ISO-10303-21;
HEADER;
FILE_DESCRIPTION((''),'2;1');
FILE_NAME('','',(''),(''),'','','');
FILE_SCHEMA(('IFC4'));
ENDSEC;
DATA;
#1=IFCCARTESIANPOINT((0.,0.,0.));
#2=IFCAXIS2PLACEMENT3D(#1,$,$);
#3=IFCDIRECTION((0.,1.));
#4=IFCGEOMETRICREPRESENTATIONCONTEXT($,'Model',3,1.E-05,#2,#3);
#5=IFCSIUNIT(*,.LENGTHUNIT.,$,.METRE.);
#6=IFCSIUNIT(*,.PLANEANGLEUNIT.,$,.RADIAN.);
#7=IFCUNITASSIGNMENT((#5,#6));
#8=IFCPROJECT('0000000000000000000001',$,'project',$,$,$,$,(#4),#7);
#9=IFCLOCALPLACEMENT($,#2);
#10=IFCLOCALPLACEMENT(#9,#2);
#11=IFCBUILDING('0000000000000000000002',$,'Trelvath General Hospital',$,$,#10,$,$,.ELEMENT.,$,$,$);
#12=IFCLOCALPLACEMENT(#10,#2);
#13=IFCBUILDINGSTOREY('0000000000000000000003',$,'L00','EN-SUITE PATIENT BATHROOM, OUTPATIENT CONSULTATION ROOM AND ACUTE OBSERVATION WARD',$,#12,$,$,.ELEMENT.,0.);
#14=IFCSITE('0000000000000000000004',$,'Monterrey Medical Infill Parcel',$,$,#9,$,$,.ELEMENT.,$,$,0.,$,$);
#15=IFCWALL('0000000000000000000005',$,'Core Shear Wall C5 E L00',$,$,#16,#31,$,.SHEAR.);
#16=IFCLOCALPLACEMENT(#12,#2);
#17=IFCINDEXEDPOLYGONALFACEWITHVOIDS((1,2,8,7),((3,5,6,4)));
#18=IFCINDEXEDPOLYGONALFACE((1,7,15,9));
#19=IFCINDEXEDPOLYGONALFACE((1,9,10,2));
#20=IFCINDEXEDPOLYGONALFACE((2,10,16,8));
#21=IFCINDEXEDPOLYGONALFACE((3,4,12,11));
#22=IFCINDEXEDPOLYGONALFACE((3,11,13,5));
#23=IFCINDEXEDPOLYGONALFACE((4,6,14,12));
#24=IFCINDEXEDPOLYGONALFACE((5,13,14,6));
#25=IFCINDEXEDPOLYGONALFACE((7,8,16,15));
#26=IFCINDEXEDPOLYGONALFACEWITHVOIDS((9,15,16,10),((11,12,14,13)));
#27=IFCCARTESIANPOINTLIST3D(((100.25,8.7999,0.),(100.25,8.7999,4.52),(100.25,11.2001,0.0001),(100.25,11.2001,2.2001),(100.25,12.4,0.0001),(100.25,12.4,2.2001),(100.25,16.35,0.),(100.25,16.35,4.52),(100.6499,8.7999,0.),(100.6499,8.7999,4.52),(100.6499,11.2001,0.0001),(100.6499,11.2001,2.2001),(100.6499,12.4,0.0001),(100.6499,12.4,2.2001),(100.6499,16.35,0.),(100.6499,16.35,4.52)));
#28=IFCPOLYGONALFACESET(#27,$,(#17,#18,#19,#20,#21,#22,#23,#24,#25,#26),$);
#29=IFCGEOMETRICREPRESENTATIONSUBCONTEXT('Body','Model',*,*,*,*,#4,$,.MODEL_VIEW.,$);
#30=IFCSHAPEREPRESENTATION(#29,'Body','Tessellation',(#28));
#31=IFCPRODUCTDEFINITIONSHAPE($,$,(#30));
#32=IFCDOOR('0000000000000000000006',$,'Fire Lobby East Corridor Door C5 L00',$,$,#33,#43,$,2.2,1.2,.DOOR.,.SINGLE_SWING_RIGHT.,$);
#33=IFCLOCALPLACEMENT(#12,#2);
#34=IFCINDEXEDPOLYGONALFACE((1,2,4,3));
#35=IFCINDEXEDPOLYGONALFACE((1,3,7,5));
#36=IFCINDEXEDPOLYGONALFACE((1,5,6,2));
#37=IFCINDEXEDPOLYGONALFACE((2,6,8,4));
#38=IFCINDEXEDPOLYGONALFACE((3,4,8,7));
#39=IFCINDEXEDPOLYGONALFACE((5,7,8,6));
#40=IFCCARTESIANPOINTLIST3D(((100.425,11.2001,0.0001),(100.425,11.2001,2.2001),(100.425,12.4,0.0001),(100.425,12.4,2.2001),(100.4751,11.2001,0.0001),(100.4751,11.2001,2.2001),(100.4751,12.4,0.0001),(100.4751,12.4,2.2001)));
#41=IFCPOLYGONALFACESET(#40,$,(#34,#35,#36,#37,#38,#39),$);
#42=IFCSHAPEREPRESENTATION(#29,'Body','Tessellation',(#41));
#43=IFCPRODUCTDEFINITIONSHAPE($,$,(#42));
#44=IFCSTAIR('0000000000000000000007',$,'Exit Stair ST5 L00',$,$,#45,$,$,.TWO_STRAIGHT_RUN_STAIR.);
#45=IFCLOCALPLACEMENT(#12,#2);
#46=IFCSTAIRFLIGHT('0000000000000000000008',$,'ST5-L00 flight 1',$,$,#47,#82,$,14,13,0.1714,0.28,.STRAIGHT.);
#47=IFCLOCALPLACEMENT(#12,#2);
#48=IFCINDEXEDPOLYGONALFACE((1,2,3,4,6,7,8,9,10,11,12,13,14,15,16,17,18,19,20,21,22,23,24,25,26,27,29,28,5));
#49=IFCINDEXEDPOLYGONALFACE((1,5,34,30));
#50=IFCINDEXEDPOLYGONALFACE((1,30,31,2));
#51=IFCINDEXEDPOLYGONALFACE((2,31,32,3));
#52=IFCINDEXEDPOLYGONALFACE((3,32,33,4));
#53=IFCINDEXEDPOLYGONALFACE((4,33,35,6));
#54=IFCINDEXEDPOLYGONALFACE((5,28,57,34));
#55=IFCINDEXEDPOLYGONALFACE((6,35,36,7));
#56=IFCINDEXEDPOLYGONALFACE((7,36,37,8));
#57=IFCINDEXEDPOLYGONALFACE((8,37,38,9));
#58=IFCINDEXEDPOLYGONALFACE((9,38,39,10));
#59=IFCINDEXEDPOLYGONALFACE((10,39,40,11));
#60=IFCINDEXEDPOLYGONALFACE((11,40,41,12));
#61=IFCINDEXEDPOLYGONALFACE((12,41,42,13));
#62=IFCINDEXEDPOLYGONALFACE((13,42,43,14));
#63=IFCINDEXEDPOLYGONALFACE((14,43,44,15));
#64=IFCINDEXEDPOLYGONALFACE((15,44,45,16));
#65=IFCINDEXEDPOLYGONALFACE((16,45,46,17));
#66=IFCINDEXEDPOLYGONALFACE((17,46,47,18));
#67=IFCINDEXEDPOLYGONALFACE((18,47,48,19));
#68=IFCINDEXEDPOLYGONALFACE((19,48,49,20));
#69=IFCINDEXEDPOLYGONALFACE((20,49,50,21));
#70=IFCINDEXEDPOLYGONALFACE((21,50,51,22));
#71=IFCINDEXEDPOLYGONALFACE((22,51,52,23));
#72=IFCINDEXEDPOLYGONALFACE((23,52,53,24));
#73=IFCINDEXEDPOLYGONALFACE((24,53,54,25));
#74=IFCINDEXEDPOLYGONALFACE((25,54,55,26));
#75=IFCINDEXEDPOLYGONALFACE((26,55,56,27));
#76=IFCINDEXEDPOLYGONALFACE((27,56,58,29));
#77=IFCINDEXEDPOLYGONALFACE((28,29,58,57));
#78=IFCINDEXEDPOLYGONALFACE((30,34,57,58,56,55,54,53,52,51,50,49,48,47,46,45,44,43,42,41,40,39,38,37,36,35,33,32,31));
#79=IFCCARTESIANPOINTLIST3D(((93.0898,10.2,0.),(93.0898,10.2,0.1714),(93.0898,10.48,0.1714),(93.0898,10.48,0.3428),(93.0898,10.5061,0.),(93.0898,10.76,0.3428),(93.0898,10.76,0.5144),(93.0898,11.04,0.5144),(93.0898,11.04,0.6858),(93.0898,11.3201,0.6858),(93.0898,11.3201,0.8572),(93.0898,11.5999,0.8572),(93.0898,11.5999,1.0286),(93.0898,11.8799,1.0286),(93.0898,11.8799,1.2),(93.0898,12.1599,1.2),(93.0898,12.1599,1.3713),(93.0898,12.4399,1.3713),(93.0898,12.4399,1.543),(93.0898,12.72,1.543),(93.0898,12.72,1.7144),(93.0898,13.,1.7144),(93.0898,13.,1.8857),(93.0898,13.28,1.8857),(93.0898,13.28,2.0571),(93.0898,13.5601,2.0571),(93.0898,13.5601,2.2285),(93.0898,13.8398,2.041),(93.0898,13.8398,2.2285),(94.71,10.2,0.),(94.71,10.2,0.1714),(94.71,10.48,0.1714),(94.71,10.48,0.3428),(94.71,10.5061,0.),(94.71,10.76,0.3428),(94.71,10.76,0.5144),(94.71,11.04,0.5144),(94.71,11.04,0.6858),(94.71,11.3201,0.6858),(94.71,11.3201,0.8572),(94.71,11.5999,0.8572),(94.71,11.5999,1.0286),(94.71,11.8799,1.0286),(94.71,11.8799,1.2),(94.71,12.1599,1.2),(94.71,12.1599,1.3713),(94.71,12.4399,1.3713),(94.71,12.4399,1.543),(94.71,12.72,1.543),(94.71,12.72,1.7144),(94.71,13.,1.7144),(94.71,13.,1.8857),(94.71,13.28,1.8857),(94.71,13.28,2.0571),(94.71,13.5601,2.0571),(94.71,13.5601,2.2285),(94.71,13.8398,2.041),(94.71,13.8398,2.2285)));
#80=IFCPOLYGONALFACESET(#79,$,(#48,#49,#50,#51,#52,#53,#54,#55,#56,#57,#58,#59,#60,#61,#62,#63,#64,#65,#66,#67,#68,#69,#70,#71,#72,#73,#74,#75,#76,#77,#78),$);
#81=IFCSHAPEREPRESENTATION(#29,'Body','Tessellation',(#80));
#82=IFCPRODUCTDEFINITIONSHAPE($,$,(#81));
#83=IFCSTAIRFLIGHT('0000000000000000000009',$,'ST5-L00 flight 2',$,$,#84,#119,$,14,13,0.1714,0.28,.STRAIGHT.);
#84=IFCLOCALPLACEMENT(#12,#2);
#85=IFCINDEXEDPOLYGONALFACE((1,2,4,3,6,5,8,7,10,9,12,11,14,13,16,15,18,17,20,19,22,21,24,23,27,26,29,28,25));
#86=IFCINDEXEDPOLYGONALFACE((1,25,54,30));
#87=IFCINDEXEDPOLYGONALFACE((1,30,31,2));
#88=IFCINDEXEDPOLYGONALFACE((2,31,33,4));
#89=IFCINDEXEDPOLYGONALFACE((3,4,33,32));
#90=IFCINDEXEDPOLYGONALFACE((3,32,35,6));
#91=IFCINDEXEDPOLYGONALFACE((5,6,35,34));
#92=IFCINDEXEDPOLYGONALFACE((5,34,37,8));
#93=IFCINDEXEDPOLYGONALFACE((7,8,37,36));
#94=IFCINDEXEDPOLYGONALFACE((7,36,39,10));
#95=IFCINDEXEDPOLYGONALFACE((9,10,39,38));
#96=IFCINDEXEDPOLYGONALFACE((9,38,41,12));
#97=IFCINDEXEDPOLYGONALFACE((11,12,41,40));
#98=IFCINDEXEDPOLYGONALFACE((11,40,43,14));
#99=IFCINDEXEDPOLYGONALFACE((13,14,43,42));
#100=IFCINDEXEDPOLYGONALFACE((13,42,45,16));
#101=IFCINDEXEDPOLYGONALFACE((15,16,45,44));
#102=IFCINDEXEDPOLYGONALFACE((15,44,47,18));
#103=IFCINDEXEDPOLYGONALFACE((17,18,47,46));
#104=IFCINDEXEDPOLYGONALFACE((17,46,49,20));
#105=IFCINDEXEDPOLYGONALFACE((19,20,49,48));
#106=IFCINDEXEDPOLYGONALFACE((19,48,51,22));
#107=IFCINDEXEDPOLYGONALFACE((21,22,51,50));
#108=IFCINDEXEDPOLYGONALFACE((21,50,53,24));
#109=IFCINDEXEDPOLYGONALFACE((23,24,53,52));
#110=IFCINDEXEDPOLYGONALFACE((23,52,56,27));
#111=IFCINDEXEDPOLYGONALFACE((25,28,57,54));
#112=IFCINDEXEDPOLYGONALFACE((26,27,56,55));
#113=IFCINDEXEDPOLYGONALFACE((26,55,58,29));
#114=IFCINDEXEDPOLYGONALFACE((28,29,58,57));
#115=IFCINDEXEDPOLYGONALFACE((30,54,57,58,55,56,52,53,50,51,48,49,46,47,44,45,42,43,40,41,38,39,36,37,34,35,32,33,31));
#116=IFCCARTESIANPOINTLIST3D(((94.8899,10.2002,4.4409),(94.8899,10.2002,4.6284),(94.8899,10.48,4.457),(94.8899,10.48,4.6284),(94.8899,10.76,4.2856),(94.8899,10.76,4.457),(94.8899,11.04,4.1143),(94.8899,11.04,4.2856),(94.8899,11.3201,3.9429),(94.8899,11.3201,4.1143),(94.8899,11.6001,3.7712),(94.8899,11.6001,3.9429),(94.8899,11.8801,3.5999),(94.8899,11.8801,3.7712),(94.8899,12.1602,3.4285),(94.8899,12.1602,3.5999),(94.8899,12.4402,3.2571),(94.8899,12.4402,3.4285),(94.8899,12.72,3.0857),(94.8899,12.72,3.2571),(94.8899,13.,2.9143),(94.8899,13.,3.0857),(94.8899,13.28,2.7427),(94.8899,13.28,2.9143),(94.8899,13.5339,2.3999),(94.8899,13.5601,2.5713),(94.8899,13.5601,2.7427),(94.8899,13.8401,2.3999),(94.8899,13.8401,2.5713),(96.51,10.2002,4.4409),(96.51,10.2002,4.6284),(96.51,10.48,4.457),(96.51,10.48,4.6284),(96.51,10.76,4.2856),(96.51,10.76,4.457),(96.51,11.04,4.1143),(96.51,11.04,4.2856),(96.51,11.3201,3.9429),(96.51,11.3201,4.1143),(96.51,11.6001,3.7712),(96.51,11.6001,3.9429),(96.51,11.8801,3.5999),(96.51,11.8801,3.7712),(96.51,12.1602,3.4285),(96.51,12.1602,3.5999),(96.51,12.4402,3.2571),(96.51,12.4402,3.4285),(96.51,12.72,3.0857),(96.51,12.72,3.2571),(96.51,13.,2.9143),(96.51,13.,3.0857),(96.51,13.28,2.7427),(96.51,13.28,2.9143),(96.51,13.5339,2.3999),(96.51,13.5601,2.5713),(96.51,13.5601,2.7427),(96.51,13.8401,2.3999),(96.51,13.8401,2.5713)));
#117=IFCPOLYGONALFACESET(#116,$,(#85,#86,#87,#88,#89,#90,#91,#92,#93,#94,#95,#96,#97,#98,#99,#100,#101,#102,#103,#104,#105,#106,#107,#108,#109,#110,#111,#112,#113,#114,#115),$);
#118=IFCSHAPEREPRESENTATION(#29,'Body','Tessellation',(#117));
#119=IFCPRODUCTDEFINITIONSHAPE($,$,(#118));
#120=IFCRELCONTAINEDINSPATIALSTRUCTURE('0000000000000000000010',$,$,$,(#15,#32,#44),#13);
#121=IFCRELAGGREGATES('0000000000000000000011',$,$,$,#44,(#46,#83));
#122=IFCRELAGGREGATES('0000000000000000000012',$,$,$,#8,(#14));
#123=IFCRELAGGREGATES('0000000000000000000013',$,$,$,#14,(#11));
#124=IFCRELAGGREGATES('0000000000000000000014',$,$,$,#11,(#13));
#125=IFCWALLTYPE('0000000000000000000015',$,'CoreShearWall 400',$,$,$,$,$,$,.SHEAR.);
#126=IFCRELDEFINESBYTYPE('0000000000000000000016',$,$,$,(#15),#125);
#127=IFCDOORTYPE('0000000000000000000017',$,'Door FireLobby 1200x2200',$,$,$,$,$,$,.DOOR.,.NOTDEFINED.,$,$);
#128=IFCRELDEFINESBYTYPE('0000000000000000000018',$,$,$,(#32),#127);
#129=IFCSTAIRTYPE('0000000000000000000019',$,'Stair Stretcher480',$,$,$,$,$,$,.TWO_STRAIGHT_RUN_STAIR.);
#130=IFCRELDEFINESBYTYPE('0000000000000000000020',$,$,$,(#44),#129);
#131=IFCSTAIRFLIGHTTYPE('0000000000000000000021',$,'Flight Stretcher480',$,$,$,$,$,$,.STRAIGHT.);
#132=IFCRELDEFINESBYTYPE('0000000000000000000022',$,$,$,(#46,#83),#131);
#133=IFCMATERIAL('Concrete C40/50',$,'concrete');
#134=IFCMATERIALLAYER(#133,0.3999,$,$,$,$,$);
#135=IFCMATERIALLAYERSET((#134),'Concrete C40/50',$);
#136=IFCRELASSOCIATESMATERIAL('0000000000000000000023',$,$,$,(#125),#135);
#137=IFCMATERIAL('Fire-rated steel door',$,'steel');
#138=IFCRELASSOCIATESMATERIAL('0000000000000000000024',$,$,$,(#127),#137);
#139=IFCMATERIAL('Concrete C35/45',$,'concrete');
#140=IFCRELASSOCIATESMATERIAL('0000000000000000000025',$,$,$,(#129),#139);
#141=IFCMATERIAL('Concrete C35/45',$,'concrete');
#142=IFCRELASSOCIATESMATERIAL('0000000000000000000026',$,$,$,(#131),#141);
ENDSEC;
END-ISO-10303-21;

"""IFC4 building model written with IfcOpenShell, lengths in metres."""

from ifc_helpers import new_model, si_unit, direction, frame, frame_2d, origin, place, context, subcontext, project, spatial, polyline, rectangle, outline, extrude, material, layer, layer_set, type_object, element, fill, aggregate, save


model = new_model("IFC4")

# Units and contexts
model_context = context("Model", 3, precision=1e-05, world=origin(), true_north=direction((0.0, 1.0)))
body_context = subcontext(model_context, "Body", "Model", "MODEL_VIEW")
ifc_project = project(units=[si_unit("LENGTHUNIT", "METRE"), si_unit("PLANEANGLEUNIT", "RADIAN")], contexts=[model_context])

# Site, building, storey
site_placement = place(None, origin())
site = spatial("IfcSite", under=ifc_project, at=site_placement, Name="Monterrey Medical Infill Parcel", CompositionType="ELEMENT", RefElevation=0.0)
building_placement = place(site_placement, origin())
building = spatial("IfcBuilding", under=site, at=building_placement, Name="Trelvath General Hospital", CompositionType="ELEMENT")
storey_placement = place(building_placement, origin())
storey = spatial("IfcBuildingStorey", under=building, at=storey_placement, Name="L00", Description="EN-SUITE PATIENT BATHROOM, OUTPATIENT CONSULTATION ROOM AND ACUTE OBSERVATION WARD", CompositionType="ELEMENT", Elevation=0.0)

# Shared definitions
ifc_material_1 = material(Name="Concrete C40/50", Category="concrete")
ifc_layer_1 = layer(ifc_material_1, 0.3999)
ifc_layer_set_1 = layer_set([ifc_layer_1], Name="Concrete C40/50")
wall_type_1 = type_object("IfcWallType", Name="CoreShearWall 400", PredefinedType="SHEAR", material=ifc_layer_set_1)
ifc_material_2 = material(Name="Fire-rated steel door", Category="steel")
door_type_1 = type_object("IfcDoorType", Name="Door FireLobby 1200x2200", OperationType="NOTDEFINED", PredefinedType="DOOR", material=ifc_material_2)

# Wall, opening, door
wall_1_placement = place(storey_placement, frame((100.45, 8.8, 0.0), z_axis=(0.0, 0.0, 1.0), x_axis=(0.0, 1.0, 0.0)))
wall_1 = element("IfcWall", 1, at=wall_1_placement, inside=storey, type_object=wall_type_1, Name="Core Shear Wall C5 E L00", PredefinedType="SHEAR", context=body_context, shape_type="SweptSolid", body=[
    extrude(rectangle(XDim=7.55, YDim=0.3999, at=frame_2d((3.7749, 0.0))), origin(), (0.0, 0.0, 1.0), 4.52),
])
opening_1_placement = place(wall_1_placement, frame((2.3999, 0.0, 0.0)))
opening_1 = element("IfcOpeningElement", 2, at=opening_1_placement, cuts=wall_1, PredefinedType="OPENING", context=body_context, shape_type="SweptSolid", body=[
    extrude(rectangle(XDim=1.2, YDim=2.2, at=frame_2d((0.6001, 1.1001))), frame((0.0, 0.21, 0.0), z_axis=(0.0, -1.0, 0.0), x_axis=(1.0, 0.0, 0.0)), (0.0, 0.0, 1.0), 0.4199),
])
door_1_placement = place(opening_1_placement, origin())
door_1 = element("IfcDoor", 3, at=door_1_placement, inside=storey, type_object=door_type_1, Name="Fire Lobby East Corridor Door C5 L00", OperationType="SINGLE_SWING_RIGHT", OverallHeight=2.2, OverallWidth=1.2, PredefinedType="DOOR", context=body_context, shape_type="SweptSolid", body=[
    extrude(rectangle(XDim=1.2, YDim=2.2, at=frame_2d((0.6001, 1.1001))), frame((0.0, 0.0249, 0.0), z_axis=(0.0, -1.0, 0.0), x_axis=(1.0, 0.0, 0.0)), (0.0, 0.0, 1.0), 0.05),
])
fill(opening_1, door_1)

# Stair, stair flights
ifc_material_3 = material(Name="Concrete C35/45", Category="concrete")
stair_type = type_object("IfcStairType", Name="Stair Stretcher480", PredefinedType="TWO_STRAIGHT_RUN_STAIR", material=ifc_material_3)
stair_placement = place(storey_placement, origin())
stair = element("IfcStair", 4, at=stair_placement, inside=storey, type_object=stair_type, Name="Exit Stair ST5 L00", PredefinedType="TWO_STRAIGHT_RUN_STAIR")
ifc_material_4 = material(Name="Concrete C35/45", Category="concrete")
stair_flight_type = type_object("IfcStairFlightType", Name="Flight Stretcher480", PredefinedType="STRAIGHT", material=ifc_material_4)
stair_flight_1_placement = place(storey_placement, frame((93.8999, 10.2, 0.0), z_axis=(0.0, 0.0, 1.0), x_axis=(0.0, 1.0, 0.0)))
stair_flight_1 = element("IfcStairFlight", 5, at=stair_flight_1_placement, type_object=stair_flight_type, Name="ST5-L00 flight 1", NumberOfRisers=14, NumberOfTreads=13, PredefinedType="STRAIGHT", RiserHeight=0.1714, TreadLength=0.28, context=body_context, shape_type="SweptSolid", body=[
    extrude(outline(polyline([(0.0, 0.0), (0.0, 0.1714), (0.28, 0.1714), (0.28, 0.3428), (0.5601, 0.3428), (0.5601, 0.5144), (0.8401, 0.5144), (0.8401, 0.6858), (1.1201, 0.6858), (1.1201, 0.8572), (1.3999, 0.8572), (1.3999, 1.0286), (1.6799, 1.0286), (1.6799, 1.2), (1.96, 1.2), (1.96, 1.3713), (2.24, 1.3713), (2.24, 1.543), (2.52, 1.543), (2.52, 1.7144), (2.8, 1.7144), (2.8, 1.8857), (3.0801, 1.8857), (3.0801, 2.0571), (3.3601, 2.0571), (3.3601, 2.2285), (3.6399, 2.2285), (3.6399, 2.3999), (3.6399, 2.041), (0.3062, 0.0), (0.0, 0.0)])), frame((0.0, 0.8101, 0.0), z_axis=(0.0, -1.0, 0.0), x_axis=(1.0, 0.0, 0.0)), (0.0, 0.0, 1.0), 1.6201),
])
stair_flight_2_placement = place(storey_placement, frame((95.7, 13.8401, 2.3999), z_axis=(0.0, 0.0, 1.0), x_axis=(0.0, -1.0, 0.0)))
stair_flight_2 = element("IfcStairFlight", 6, at=stair_flight_2_placement, type_object=stair_flight_type, Name="ST5-L00 flight 2", NumberOfRisers=14, NumberOfTreads=13, PredefinedType="STRAIGHT", RiserHeight=0.1714, TreadLength=0.28, context=body_context, shape_type="SweptSolid", body=[
    extrude(outline(polyline([(0.0, 0.0), (0.0, 0.1714), (0.28, 0.1714), (0.28, 0.3428), (0.5601, 0.3428), (0.5601, 0.5144), (0.8401, 0.5144), (0.8401, 0.6858), (1.1201, 0.6858), (1.1201, 0.8572), (1.3999, 0.8572), (1.3999, 1.0286), (1.6799, 1.0286), (1.6799, 1.2), (1.96, 1.2), (1.96, 1.3713), (2.24, 1.3713), (2.24, 1.543), (2.52, 1.543), (2.52, 1.7144), (2.8, 1.7144), (2.8, 1.8857), (3.0801, 1.8857), (3.0801, 2.0571), (3.3601, 2.0571), (3.3601, 2.2285), (3.6399, 2.2285), (3.6399, 2.3999), (3.6399, 2.041), (0.3062, 0.0), (0.0, 0.0)])), frame((0.0, 0.8101, 0.0), z_axis=(0.0, -1.0, 0.0), x_axis=(1.0, 0.0, 0.0)), (0.0, 0.0, 1.0), 1.6201),
])
aggregate(stair, [stair_flight_1, stair_flight_2])

save(model, "model.ifc")
